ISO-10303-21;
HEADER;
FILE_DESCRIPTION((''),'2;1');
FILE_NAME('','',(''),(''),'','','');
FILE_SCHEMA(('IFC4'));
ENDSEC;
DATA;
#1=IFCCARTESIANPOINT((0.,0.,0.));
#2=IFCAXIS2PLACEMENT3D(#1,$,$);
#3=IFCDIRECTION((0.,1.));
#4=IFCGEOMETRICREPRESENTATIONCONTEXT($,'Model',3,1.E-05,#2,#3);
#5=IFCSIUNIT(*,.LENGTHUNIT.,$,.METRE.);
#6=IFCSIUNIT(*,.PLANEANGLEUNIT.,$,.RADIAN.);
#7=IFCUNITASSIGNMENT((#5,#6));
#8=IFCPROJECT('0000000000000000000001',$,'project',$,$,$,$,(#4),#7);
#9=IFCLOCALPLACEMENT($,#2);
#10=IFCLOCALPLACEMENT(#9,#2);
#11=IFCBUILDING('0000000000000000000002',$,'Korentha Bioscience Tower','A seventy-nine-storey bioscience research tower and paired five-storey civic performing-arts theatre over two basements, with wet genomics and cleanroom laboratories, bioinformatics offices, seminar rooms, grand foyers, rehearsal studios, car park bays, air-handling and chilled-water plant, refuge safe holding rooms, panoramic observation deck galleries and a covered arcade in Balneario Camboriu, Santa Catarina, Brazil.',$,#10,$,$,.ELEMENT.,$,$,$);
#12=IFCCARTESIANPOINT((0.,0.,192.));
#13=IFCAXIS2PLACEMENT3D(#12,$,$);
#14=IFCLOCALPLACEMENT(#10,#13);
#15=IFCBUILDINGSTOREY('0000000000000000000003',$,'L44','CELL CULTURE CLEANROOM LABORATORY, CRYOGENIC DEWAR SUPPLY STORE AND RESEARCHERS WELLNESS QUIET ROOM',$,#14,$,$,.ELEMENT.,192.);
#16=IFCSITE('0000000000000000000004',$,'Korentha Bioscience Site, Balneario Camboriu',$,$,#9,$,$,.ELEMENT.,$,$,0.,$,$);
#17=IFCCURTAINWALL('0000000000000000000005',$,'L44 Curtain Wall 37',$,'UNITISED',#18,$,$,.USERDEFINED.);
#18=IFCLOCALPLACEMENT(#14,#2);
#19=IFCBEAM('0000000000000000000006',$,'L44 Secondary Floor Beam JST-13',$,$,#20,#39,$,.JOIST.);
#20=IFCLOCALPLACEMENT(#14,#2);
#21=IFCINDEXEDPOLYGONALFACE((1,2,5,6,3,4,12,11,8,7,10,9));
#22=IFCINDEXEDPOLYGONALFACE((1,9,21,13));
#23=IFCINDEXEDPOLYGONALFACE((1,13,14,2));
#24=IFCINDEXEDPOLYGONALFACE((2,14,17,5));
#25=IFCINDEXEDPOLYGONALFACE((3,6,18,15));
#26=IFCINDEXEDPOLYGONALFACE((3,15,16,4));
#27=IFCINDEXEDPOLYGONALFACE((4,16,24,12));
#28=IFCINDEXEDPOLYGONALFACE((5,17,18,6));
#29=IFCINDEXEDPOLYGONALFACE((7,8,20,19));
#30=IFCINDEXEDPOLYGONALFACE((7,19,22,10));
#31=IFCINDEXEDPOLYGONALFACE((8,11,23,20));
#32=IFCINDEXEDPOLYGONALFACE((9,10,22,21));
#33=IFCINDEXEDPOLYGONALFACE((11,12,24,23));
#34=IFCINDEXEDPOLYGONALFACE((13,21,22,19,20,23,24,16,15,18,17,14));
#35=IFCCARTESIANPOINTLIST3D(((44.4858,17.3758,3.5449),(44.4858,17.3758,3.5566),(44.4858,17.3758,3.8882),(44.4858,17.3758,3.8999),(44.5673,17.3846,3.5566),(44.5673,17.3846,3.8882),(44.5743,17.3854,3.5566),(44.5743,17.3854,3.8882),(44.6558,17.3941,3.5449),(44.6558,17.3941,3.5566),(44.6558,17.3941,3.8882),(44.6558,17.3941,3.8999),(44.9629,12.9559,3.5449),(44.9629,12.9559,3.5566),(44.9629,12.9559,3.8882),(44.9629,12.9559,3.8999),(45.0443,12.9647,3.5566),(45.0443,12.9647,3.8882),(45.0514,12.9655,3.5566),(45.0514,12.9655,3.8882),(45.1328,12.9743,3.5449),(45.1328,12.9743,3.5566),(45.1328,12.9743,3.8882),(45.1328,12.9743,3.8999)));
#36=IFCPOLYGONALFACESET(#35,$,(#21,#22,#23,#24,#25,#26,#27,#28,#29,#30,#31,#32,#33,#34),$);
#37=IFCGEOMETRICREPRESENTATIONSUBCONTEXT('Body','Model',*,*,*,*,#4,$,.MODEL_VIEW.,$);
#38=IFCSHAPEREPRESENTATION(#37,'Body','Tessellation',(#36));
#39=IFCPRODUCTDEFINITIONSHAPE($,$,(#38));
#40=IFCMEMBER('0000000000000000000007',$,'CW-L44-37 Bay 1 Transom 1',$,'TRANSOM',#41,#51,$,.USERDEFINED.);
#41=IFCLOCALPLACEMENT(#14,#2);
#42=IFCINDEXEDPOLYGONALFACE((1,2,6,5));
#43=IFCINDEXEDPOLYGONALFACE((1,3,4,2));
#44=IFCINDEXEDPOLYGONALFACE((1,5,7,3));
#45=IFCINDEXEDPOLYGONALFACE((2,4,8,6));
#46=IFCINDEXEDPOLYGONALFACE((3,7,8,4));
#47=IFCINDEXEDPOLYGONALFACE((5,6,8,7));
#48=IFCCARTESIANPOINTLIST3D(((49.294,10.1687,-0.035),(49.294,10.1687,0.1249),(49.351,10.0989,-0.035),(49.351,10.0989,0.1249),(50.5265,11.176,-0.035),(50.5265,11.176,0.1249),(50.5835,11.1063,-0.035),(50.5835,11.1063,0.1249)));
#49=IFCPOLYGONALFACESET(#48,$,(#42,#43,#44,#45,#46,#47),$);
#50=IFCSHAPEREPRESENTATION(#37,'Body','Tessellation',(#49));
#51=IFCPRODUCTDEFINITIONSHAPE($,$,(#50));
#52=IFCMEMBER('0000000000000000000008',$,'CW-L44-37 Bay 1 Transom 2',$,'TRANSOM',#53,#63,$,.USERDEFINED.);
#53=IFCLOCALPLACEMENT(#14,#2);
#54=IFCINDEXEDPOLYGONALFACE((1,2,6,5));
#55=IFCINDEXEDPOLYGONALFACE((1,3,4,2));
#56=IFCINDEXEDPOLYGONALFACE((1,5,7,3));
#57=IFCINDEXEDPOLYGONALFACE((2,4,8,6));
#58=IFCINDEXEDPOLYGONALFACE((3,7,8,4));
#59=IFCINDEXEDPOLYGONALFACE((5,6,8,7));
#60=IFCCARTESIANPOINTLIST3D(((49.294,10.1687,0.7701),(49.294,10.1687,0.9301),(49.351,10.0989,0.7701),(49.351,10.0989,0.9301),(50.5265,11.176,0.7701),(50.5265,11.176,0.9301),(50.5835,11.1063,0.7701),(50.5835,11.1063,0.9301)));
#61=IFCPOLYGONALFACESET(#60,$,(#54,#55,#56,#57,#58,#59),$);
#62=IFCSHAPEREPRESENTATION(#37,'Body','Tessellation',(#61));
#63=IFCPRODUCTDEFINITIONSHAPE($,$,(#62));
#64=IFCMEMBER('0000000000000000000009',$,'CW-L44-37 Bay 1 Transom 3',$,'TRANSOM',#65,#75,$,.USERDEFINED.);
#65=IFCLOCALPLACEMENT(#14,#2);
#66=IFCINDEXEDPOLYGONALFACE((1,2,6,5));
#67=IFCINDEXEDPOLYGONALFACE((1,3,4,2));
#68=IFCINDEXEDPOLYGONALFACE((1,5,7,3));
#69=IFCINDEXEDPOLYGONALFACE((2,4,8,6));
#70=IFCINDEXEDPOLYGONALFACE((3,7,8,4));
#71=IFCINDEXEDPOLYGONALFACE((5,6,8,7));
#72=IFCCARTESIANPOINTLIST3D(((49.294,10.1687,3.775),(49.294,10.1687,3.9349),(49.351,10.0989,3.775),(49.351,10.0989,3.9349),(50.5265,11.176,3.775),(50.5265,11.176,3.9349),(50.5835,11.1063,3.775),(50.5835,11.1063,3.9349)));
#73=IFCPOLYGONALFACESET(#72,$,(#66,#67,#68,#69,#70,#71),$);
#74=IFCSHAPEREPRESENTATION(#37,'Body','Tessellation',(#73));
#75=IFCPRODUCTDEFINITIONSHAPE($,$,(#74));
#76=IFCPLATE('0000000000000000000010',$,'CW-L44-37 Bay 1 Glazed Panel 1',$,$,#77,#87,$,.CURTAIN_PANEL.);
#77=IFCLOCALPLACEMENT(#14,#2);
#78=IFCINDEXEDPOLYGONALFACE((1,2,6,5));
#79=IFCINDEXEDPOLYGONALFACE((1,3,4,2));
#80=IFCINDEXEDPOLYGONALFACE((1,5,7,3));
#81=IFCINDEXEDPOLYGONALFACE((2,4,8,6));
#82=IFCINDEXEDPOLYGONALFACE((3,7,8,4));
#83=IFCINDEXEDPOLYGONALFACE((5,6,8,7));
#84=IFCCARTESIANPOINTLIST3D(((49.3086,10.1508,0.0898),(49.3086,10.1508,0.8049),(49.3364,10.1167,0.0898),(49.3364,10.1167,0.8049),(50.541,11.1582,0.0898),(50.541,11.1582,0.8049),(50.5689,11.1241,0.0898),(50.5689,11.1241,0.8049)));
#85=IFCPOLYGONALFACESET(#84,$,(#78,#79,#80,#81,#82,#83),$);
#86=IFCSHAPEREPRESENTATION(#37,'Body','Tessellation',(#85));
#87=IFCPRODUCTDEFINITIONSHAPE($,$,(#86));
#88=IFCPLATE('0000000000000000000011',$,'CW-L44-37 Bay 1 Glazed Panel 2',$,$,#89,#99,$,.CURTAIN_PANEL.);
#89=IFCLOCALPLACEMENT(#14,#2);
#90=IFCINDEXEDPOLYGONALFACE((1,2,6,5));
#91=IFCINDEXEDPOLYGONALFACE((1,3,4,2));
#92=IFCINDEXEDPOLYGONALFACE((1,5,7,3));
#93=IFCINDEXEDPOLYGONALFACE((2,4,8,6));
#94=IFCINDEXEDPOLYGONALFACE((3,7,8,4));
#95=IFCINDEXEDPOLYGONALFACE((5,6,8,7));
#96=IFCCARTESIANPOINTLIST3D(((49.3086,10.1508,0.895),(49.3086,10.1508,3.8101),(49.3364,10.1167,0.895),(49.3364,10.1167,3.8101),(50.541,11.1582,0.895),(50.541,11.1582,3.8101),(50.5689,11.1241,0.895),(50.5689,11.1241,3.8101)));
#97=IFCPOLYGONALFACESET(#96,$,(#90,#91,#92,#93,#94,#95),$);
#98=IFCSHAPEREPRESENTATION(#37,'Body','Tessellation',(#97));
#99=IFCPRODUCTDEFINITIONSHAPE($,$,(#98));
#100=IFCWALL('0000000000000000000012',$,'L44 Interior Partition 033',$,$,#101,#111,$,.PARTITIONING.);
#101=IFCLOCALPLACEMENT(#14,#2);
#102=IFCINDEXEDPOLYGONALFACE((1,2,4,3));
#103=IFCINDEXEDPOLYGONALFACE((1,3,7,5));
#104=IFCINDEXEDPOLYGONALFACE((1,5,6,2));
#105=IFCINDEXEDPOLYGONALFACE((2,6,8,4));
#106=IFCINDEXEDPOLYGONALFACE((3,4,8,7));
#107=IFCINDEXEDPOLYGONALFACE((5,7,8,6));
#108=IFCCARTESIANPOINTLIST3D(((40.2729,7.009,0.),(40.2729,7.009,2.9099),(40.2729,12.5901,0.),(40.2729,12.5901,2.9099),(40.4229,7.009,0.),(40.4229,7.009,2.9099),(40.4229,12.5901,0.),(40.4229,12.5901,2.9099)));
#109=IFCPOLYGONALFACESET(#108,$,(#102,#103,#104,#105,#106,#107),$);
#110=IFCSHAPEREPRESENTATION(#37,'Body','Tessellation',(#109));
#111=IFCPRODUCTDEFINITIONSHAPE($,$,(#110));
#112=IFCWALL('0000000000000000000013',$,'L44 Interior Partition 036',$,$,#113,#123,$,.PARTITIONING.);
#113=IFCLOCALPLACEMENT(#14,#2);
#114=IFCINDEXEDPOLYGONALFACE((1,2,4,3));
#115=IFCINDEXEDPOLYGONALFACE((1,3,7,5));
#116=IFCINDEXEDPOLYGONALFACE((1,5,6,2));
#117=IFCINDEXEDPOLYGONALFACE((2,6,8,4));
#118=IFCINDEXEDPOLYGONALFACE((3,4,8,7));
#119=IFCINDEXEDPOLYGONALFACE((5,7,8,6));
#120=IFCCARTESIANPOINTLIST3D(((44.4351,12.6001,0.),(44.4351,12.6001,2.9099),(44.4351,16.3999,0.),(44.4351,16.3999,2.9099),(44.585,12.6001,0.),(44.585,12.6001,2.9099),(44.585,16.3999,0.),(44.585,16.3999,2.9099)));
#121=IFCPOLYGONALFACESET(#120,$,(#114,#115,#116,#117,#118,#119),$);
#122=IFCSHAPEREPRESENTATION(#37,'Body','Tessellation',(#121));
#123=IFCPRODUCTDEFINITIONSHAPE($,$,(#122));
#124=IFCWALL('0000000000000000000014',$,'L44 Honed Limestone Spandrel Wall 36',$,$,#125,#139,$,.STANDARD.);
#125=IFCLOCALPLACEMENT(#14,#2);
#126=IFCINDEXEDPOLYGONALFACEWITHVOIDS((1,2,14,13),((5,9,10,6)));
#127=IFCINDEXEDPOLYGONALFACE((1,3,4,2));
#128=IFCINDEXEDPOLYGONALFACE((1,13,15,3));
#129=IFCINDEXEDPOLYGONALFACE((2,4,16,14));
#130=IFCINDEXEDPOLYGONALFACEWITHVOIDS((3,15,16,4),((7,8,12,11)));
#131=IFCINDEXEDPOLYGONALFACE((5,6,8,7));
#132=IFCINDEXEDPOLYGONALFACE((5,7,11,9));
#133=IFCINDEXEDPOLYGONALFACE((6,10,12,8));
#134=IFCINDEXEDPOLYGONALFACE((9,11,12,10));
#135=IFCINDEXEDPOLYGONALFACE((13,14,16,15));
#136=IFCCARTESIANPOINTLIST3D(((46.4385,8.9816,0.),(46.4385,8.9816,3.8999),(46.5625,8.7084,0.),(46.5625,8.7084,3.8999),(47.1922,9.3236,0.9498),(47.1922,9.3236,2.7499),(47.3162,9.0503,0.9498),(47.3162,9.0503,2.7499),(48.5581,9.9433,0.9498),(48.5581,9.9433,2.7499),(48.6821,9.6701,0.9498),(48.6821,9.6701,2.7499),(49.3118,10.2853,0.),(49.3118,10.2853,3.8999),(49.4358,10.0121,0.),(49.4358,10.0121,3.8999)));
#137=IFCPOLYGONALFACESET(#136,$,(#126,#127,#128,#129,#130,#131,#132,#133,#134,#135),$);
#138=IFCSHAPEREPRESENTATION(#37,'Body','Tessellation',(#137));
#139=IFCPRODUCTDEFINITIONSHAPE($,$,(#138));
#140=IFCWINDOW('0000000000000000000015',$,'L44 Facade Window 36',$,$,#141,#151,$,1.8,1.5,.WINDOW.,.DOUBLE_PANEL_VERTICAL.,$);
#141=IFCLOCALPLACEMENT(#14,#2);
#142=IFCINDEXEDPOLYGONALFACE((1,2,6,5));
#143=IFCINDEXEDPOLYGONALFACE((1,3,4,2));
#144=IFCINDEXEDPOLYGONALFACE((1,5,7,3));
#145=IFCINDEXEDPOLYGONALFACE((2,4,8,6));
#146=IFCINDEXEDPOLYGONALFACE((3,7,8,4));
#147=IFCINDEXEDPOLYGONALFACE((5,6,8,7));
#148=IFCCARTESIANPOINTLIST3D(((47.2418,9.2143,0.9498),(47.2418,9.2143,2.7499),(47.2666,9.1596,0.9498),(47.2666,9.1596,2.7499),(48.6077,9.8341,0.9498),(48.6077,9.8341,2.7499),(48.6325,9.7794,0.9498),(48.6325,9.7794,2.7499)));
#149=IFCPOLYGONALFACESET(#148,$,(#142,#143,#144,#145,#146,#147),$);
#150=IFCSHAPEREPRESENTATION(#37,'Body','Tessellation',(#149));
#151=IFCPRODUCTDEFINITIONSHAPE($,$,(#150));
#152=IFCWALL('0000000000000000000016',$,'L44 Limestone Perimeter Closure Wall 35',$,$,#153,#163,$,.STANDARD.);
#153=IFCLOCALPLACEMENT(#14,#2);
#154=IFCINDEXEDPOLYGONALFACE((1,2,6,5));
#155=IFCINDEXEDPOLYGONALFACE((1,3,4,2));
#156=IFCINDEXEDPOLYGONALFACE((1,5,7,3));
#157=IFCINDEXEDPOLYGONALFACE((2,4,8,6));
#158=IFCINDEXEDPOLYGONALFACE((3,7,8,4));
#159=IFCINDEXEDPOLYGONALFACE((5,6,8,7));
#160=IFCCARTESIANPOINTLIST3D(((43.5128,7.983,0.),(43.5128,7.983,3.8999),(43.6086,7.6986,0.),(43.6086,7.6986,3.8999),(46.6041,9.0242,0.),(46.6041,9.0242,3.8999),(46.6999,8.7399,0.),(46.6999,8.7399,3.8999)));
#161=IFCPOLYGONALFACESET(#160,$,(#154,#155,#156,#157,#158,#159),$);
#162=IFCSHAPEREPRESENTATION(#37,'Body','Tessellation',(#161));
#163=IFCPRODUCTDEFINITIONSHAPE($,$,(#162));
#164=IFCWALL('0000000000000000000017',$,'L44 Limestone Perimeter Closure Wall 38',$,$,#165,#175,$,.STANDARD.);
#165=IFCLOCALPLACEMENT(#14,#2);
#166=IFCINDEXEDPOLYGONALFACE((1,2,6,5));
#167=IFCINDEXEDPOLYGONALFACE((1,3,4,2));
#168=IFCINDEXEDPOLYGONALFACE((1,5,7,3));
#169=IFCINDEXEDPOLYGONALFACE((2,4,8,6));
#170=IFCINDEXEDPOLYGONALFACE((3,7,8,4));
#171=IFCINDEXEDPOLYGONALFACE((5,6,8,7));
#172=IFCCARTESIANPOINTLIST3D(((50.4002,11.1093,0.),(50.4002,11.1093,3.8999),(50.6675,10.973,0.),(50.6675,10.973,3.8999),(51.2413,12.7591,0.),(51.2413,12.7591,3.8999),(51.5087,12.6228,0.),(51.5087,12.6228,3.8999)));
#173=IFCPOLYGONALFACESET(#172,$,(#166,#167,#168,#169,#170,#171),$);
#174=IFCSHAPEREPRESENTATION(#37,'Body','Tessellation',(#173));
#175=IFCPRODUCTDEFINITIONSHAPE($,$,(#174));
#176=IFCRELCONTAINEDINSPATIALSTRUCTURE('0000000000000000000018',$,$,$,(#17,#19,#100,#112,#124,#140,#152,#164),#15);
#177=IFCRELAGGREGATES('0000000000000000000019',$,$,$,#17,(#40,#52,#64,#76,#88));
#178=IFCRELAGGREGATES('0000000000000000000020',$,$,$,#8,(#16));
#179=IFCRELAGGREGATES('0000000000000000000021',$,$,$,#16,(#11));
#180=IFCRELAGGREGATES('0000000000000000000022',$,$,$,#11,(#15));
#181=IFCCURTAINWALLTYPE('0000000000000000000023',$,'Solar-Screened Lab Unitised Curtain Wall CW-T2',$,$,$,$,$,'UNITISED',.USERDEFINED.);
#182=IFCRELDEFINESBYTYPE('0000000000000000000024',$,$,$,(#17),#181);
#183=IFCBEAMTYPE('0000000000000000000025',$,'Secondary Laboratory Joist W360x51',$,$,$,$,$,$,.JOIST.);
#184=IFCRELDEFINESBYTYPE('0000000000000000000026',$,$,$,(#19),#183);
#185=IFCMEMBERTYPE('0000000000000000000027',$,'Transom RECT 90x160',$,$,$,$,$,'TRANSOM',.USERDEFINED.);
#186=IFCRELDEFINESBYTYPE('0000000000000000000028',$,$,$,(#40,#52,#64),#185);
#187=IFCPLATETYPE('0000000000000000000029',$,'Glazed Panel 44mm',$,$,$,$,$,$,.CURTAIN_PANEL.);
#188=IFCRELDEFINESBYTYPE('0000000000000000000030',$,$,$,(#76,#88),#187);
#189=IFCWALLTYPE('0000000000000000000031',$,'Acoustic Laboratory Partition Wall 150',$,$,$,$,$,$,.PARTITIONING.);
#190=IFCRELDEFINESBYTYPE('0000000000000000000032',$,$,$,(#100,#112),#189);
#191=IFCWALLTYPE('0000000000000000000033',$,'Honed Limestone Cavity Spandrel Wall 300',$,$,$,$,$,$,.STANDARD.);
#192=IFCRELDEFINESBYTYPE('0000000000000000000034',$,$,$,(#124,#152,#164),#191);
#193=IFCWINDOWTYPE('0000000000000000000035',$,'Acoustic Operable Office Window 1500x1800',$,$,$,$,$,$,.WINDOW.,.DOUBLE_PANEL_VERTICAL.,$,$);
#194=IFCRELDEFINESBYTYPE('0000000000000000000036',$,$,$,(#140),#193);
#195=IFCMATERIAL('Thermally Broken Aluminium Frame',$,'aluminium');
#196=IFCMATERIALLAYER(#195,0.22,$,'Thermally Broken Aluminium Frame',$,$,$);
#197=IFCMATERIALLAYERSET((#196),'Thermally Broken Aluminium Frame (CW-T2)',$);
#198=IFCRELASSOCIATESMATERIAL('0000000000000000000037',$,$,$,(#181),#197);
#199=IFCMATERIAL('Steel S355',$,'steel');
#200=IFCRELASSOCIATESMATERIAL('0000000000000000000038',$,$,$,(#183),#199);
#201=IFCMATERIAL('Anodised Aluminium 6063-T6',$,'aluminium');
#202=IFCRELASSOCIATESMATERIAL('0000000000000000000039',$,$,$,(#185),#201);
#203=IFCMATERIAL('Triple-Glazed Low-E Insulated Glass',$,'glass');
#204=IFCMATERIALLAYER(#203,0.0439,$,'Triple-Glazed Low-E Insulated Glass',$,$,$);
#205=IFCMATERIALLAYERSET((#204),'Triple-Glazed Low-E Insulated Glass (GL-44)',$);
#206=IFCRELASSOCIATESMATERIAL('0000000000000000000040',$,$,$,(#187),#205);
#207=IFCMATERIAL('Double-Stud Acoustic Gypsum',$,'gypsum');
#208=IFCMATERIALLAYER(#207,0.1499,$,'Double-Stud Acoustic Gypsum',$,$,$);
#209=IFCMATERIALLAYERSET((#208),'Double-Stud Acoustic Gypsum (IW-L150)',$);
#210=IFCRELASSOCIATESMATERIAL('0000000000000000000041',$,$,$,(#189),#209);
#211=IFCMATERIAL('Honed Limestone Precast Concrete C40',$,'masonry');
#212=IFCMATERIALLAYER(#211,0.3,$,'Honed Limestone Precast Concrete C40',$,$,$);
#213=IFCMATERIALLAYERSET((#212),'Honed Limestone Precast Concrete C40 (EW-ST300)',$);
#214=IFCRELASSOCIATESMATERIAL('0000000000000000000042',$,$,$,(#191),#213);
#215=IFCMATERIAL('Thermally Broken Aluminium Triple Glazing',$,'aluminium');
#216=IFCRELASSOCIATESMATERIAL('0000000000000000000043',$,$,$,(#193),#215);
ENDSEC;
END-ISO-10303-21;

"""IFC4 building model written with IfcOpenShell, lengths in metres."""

from ifc_helpers import new_model, si_unit, direction, frame, frame_2d, origin, origin_2d, place, context, subcontext, project, spatial, rectangle, i_section, extrude, material, layer, layer_set, material_profile, profile_set, type_object, element, fill, aggregate, save


model = new_model("IFC4")

# Units and contexts
model_context = context("Model", 3, precision=1e-05, world=origin(), true_north=direction((0.0, 1.0)))
body_context = subcontext(model_context, "Body", "Model", "MODEL_VIEW")
ifc_project = project(units=[si_unit("LENGTHUNIT", "METRE"), si_unit("PLANEANGLEUNIT", "RADIAN")], contexts=[model_context])

# Site, building, storey
site_placement = place(None, origin())
site = spatial("IfcSite", under=ifc_project, at=site_placement, Name="Korentha Bioscience Site, Balneario Camboriu", CompositionType="ELEMENT", RefElevation=0.0)
building_placement = place(site_placement, origin())
building = spatial("IfcBuilding", under=site, at=building_placement, Name="Korentha Bioscience Tower", Description="A seventy-nine-storey bioscience research tower and paired five-storey civic performing-arts theatre over two basements, with wet genomics and cleanroom laboratories, bioinformatics offices, seminar rooms, grand foyers, rehearsal studios, car park bays, air-handling and chilled-water plant, refuge safe holding rooms, panoramic observation deck galleries and a covered arcade in Balneario Camboriu, Santa Catarina, Brazil.", CompositionType="ELEMENT")
storey_placement = place(building_placement, frame((0.0, 0.0, 192.0)))
storey = spatial("IfcBuildingStorey", under=building, at=storey_placement, Name="L44", Description="CELL CULTURE CLEANROOM LABORATORY, CRYOGENIC DEWAR SUPPLY STORE AND RESEARCHERS WELLNESS QUIET ROOM", CompositionType="ELEMENT", Elevation=192.0)

# Curtain wall
ifc_material_1 = material(Name="Thermally Broken Aluminium Frame", Category="aluminium")
ifc_layer_1 = layer(ifc_material_1, 0.22, Name="Thermally Broken Aluminium Frame")
ifc_layer_set_1 = layer_set([ifc_layer_1], Name="Thermally Broken Aluminium Frame (CW-T2)")
curtain_wall_type = type_object("IfcCurtainWallType", Name="Solar-Screened Lab Unitised Curtain Wall CW-T2", ElementType="UNITISED", PredefinedType="USERDEFINED", material=ifc_layer_set_1)
curtain_wall_placement = place(storey_placement, origin())
curtain_wall = element("IfcCurtainWall", 1, at=curtain_wall_placement, inside=storey, type_object=curtain_wall_type, Name="L44 Curtain Wall 37", ObjectType="UNITISED", PredefinedType="USERDEFINED")
ifc_material_2 = material(Name="Anodised Aluminium 6063-T6", Category="aluminium")

# Beam
ifc_material_3 = material(Name="Steel S355", Category="steel")
ifc_material_profile_1 = material_profile(ifc_material_3, i_section(OverallWidth=0.1709, OverallDepth=0.355, WebThickness=0.0071, FlangeThickness=0.0117, at=origin_2d()), Name="Steel S355")
ifc_profile_set_1 = profile_set([ifc_material_profile_1], Name="Steel S355 (JB-360)")
beam_type_1 = type_object("IfcBeamType", Name="Secondary Laboratory Joist W360x51", PredefinedType="JOIST", material=ifc_profile_set_1)
beam_1_placement = place(storey_placement, frame((45.0479, 12.9651, 3.7224), z_axis=(-0.107309, 0.994226, 0.0), x_axis=(-0.994226, -0.107309, 0.0)))
element("IfcBeam", 2, at=beam_1_placement, inside=storey, type_object=beam_type_1, Name="L44 Secondary Floor Beam JST-13", PredefinedType="JOIST", context=body_context, shape_type="SweptSolid", body=[
    extrude(i_section(OverallWidth=0.1709, OverallDepth=0.355, WebThickness=0.0071, FlangeThickness=0.0117, at=origin_2d()), origin(), (0.0, 0.0, 1.0), 4.4456),
])

# Members
ifc_material_profile_2 = material_profile(ifc_material_2, rectangle(XDim=0.0901, YDim=0.1599, at=origin_2d()), Name="Anodised Aluminium 6063-T6")
ifc_profile_set_2 = profile_set([ifc_material_profile_2], Name="Anodised Aluminium 6063-T6 (CW-TRN)")
member_type_1 = type_object("IfcMemberType", Name="Transom RECT 90x160", ElementType="TRANSOM", PredefinedType="USERDEFINED", material=ifc_profile_set_2)
member_1_placement = place(storey_placement, frame((49.3225, 10.1338, 0.0449), z_axis=(0.774272, 0.632853, 0.0), x_axis=(-0.632853, 0.774272, 0.0)))
member_1 = element("IfcMember", 3, at=member_1_placement, type_object=member_type_1, Name="CW-L44-37 Bay 1 Transom 1", ObjectType="TRANSOM", PredefinedType="USERDEFINED", context=body_context, shape_type="SweptSolid", body=[
    extrude(rectangle(XDim=0.0901, YDim=0.1599, at=origin_2d()), origin(), (0.0, 0.0, 1.0), 1.5918),
])
member_2_placement = place(storey_placement, frame((49.3225, 10.1338, 0.8501), z_axis=(0.774272, 0.632853, 0.0), x_axis=(-0.632853, 0.774272, 0.0)))
member_2 = element("IfcMember", 4, at=member_2_placement, type_object=member_type_1, Name="CW-L44-37 Bay 1 Transom 2", ObjectType="TRANSOM", PredefinedType="USERDEFINED", context=body_context, shape_type="SweptSolid", body=[
    extrude(rectangle(XDim=0.0901, YDim=0.1599, at=origin_2d()), origin(), (0.0, 0.0, 1.0), 1.5918),
])
member_3_placement = place(storey_placement, frame((49.3225, 10.1338, 3.855), z_axis=(0.774272, 0.632853, 0.0), x_axis=(-0.632853, 0.774272, 0.0)))
member_3 = element("IfcMember", 5, at=member_3_placement, type_object=member_type_1, Name="CW-L44-37 Bay 1 Transom 3", ObjectType="TRANSOM", PredefinedType="USERDEFINED", context=body_context, shape_type="SweptSolid", body=[
    extrude(rectangle(XDim=0.0901, YDim=0.1599, at=origin_2d()), origin(), (0.0, 0.0, 1.0), 1.5918),
])

# Plates
ifc_material_4 = material(Name="Triple-Glazed Low-E Insulated Glass", Category="glass")
ifc_layer_2 = layer(ifc_material_4, 0.0439, Name="Triple-Glazed Low-E Insulated Glass")
ifc_layer_set_2 = layer_set([ifc_layer_2], Name="Triple-Glazed Low-E Insulated Glass (GL-44)")
plate_type = type_object("IfcPlateType", Name="Glazed Panel 44mm", PredefinedType="CURTAIN_PANEL", material=ifc_layer_set_2)
plate_1_placement = place(storey_placement, frame((49.9387, 10.6375, 0.0898), z_axis=(0.0, 0.0, 1.0), x_axis=(0.774256, 0.632872, 0.0)))
plate_1 = element("IfcPlate", 6, at=plate_1_placement, type_object=plate_type, Name="CW-L44-37 Bay 1 Glazed Panel 1", PredefinedType="CURTAIN_PANEL", context=body_context, shape_type="SweptSolid", body=[
    extrude(rectangle(XDim=1.5918, YDim=0.0439, at=origin_2d()), origin(), (0.0, 0.0, 1.0), 0.7151),
])
plate_2_placement = place(storey_placement, frame((49.9387, 10.6375, 0.895), z_axis=(0.0, 0.0, 1.0), x_axis=(0.774256, 0.632872, 0.0)))
plate_2 = element("IfcPlate", 7, at=plate_2_placement, type_object=plate_type, Name="CW-L44-37 Bay 1 Glazed Panel 2", PredefinedType="CURTAIN_PANEL", context=body_context, shape_type="SweptSolid", body=[
    extrude(rectangle(XDim=1.5918, YDim=0.0439, at=origin_2d()), origin(), (0.0, 0.0, 1.0), 2.915),
])
aggregate(curtain_wall, [member_1, member_2, member_3, plate_1, plate_2])

# Shared definitions
ifc_material_5 = material(Name="Double-Stud Acoustic Gypsum", Category="gypsum")
ifc_layer_3 = layer(ifc_material_5, 0.1499, Name="Double-Stud Acoustic Gypsum")
ifc_layer_set_3 = layer_set([ifc_layer_3], Name="Double-Stud Acoustic Gypsum (IW-L150)")
wall_type_1 = type_object("IfcWallType", Name="Acoustic Laboratory Partition Wall 150", PredefinedType="PARTITIONING", material=ifc_layer_set_3)

# Walls
wall_1_placement = place(storey_placement, frame((40.3479, 12.5901, 0.0), z_axis=(0.0, 0.0, 1.0), x_axis=(0.0, -1.0, 0.0)))
element("IfcWall", 8, at=wall_1_placement, inside=storey, type_object=wall_type_1, Name="L44 Interior Partition 033", PredefinedType="PARTITIONING", context=body_context, shape_type="SweptSolid", body=[
    extrude(rectangle(XDim=5.5811, YDim=0.1499, at=frame_2d((2.7905, 0.0))), origin(), (0.0, 0.0, 1.0), 2.9099),
])
wall_2_placement = place(storey_placement, frame((44.51, 12.6001, 0.0), z_axis=(0.0, 0.0, 1.0), x_axis=(0.0, 1.0, 0.0)))
element("IfcWall", 9, at=wall_2_placement, inside=storey, type_object=wall_type_1, Name="L44 Interior Partition 036", PredefinedType="PARTITIONING", context=body_context, shape_type="SweptSolid", body=[
    extrude(rectangle(XDim=3.7998, YDim=0.1499, at=frame_2d((1.8999, 0.0))), origin(), (0.0, 0.0, 1.0), 2.9099),
])

# Wall, opening, window
ifc_material_6 = material(Name="Honed Limestone Precast Concrete C40", Category="masonry")
ifc_layer_4 = layer(ifc_material_6, 0.3, Name="Honed Limestone Precast Concrete C40")
ifc_layer_set_4 = layer_set([ifc_layer_4], Name="Honed Limestone Precast Concrete C40 (EW-ST300)")
wall_type_2 = type_object("IfcWallType", Name="Honed Limestone Cavity Spandrel Wall 300", PredefinedType="STANDARD", material=ifc_layer_set_4)
wall_3_placement = place(storey_placement, frame((46.5005, 8.845, 0.0), z_axis=(0.0, 0.0, 1.0), x_axis=(0.910645, 0.413191, 0.0)))
wall_3 = element("IfcWall", 10, at=wall_3_placement, inside=storey, type_object=wall_type_2, Name="L44 Honed Limestone Spandrel Wall 36", PredefinedType="STANDARD", context=body_context, shape_type="SweptSolid", body=[
    extrude(rectangle(XDim=3.1553, YDim=0.3, at=frame_2d((1.5776, 0.0))), origin(), (0.0, 0.0, 1.0), 3.8999),
])
opening_1_placement = place(wall_3_placement, frame((0.8276, 0.0, 0.95)))
opening_1 = element("IfcOpeningElement", 11, at=opening_1_placement, cuts=wall_3, PredefinedType="OPENING", context=body_context, shape_type="SweptSolid", body=[
    extrude(rectangle(XDim=1.5, YDim=1.8, at=frame_2d((0.75, 0.8999))), frame((0.0, 0.165, 0.0), z_axis=(0.0, -1.0, 0.0), x_axis=(1.0, 0.0, 0.0)), (0.0, 0.0, 1.0), 0.3298),
])
ifc_material_7 = material(Name="Thermally Broken Aluminium Triple Glazing", Category="aluminium")
window_type = type_object("IfcWindowType", Name="Acoustic Operable Office Window 1500x1800", PartitioningType="DOUBLE_PANEL_VERTICAL", PredefinedType="WINDOW", material=ifc_material_7)
window_placement = place(opening_1_placement, origin())
window = element("IfcWindow", 12, at=window_placement, inside=storey, type_object=window_type, Name="L44 Facade Window 36", OverallHeight=1.8, OverallWidth=1.5, PartitioningType="DOUBLE_PANEL_VERTICAL", PredefinedType="WINDOW", context=body_context, shape_type="SweptSolid", body=[
    extrude(rectangle(XDim=1.5, YDim=1.8, at=frame_2d((0.75, 0.8999))), frame((0.0, 0.03, 0.0), z_axis=(0.0, -1.0, 0.0), x_axis=(1.0, 0.0, 0.0)), (0.0, 0.0, 1.0), 0.0601),
])
fill(opening_1, window)

# Walls
wall_4_placement = place(storey_placement, frame((43.5608, 7.8408, 0.0), z_axis=(0.0, 0.0, 1.0), x_axis=(0.947683, 0.319213, 0.0)))
element("IfcWall", 13, at=wall_4_placement, inside=storey, type_object=wall_type_2, Name="L44 Limestone Perimeter Closure Wall 35", PredefinedType="STANDARD", context=body_context, shape_type="SweptSolid", body=[
    extrude(rectangle(XDim=3.262, YDim=0.3, at=frame_2d((1.6309, 0.0))), origin(), (0.0, 0.0, 1.0), 3.8999),
])
for number, where, z_axis, x_axis, name in (
    (14, (50.5339, 11.0413, 0.0), (0.0, 0.0, 1.0), (0.454214, 0.890893, 0.0), "L44 Limestone Perimeter Closure Wall 38"),
):
    element("IfcWall", number, at=place(storey_placement, frame(where, z_axis=z_axis, x_axis=x_axis)), inside=storey, type_object=wall_type_2, Name=name, PredefinedType="STANDARD", context=body_context, shape_type="SweptSolid", body=[
        extrude(rectangle(XDim=1.8518, YDim=0.3, at=frame_2d((0.9258, 0.0))), origin(), (0.0, 0.0, 1.0), 3.8999),
    ])

save(model, "model.ifc")
